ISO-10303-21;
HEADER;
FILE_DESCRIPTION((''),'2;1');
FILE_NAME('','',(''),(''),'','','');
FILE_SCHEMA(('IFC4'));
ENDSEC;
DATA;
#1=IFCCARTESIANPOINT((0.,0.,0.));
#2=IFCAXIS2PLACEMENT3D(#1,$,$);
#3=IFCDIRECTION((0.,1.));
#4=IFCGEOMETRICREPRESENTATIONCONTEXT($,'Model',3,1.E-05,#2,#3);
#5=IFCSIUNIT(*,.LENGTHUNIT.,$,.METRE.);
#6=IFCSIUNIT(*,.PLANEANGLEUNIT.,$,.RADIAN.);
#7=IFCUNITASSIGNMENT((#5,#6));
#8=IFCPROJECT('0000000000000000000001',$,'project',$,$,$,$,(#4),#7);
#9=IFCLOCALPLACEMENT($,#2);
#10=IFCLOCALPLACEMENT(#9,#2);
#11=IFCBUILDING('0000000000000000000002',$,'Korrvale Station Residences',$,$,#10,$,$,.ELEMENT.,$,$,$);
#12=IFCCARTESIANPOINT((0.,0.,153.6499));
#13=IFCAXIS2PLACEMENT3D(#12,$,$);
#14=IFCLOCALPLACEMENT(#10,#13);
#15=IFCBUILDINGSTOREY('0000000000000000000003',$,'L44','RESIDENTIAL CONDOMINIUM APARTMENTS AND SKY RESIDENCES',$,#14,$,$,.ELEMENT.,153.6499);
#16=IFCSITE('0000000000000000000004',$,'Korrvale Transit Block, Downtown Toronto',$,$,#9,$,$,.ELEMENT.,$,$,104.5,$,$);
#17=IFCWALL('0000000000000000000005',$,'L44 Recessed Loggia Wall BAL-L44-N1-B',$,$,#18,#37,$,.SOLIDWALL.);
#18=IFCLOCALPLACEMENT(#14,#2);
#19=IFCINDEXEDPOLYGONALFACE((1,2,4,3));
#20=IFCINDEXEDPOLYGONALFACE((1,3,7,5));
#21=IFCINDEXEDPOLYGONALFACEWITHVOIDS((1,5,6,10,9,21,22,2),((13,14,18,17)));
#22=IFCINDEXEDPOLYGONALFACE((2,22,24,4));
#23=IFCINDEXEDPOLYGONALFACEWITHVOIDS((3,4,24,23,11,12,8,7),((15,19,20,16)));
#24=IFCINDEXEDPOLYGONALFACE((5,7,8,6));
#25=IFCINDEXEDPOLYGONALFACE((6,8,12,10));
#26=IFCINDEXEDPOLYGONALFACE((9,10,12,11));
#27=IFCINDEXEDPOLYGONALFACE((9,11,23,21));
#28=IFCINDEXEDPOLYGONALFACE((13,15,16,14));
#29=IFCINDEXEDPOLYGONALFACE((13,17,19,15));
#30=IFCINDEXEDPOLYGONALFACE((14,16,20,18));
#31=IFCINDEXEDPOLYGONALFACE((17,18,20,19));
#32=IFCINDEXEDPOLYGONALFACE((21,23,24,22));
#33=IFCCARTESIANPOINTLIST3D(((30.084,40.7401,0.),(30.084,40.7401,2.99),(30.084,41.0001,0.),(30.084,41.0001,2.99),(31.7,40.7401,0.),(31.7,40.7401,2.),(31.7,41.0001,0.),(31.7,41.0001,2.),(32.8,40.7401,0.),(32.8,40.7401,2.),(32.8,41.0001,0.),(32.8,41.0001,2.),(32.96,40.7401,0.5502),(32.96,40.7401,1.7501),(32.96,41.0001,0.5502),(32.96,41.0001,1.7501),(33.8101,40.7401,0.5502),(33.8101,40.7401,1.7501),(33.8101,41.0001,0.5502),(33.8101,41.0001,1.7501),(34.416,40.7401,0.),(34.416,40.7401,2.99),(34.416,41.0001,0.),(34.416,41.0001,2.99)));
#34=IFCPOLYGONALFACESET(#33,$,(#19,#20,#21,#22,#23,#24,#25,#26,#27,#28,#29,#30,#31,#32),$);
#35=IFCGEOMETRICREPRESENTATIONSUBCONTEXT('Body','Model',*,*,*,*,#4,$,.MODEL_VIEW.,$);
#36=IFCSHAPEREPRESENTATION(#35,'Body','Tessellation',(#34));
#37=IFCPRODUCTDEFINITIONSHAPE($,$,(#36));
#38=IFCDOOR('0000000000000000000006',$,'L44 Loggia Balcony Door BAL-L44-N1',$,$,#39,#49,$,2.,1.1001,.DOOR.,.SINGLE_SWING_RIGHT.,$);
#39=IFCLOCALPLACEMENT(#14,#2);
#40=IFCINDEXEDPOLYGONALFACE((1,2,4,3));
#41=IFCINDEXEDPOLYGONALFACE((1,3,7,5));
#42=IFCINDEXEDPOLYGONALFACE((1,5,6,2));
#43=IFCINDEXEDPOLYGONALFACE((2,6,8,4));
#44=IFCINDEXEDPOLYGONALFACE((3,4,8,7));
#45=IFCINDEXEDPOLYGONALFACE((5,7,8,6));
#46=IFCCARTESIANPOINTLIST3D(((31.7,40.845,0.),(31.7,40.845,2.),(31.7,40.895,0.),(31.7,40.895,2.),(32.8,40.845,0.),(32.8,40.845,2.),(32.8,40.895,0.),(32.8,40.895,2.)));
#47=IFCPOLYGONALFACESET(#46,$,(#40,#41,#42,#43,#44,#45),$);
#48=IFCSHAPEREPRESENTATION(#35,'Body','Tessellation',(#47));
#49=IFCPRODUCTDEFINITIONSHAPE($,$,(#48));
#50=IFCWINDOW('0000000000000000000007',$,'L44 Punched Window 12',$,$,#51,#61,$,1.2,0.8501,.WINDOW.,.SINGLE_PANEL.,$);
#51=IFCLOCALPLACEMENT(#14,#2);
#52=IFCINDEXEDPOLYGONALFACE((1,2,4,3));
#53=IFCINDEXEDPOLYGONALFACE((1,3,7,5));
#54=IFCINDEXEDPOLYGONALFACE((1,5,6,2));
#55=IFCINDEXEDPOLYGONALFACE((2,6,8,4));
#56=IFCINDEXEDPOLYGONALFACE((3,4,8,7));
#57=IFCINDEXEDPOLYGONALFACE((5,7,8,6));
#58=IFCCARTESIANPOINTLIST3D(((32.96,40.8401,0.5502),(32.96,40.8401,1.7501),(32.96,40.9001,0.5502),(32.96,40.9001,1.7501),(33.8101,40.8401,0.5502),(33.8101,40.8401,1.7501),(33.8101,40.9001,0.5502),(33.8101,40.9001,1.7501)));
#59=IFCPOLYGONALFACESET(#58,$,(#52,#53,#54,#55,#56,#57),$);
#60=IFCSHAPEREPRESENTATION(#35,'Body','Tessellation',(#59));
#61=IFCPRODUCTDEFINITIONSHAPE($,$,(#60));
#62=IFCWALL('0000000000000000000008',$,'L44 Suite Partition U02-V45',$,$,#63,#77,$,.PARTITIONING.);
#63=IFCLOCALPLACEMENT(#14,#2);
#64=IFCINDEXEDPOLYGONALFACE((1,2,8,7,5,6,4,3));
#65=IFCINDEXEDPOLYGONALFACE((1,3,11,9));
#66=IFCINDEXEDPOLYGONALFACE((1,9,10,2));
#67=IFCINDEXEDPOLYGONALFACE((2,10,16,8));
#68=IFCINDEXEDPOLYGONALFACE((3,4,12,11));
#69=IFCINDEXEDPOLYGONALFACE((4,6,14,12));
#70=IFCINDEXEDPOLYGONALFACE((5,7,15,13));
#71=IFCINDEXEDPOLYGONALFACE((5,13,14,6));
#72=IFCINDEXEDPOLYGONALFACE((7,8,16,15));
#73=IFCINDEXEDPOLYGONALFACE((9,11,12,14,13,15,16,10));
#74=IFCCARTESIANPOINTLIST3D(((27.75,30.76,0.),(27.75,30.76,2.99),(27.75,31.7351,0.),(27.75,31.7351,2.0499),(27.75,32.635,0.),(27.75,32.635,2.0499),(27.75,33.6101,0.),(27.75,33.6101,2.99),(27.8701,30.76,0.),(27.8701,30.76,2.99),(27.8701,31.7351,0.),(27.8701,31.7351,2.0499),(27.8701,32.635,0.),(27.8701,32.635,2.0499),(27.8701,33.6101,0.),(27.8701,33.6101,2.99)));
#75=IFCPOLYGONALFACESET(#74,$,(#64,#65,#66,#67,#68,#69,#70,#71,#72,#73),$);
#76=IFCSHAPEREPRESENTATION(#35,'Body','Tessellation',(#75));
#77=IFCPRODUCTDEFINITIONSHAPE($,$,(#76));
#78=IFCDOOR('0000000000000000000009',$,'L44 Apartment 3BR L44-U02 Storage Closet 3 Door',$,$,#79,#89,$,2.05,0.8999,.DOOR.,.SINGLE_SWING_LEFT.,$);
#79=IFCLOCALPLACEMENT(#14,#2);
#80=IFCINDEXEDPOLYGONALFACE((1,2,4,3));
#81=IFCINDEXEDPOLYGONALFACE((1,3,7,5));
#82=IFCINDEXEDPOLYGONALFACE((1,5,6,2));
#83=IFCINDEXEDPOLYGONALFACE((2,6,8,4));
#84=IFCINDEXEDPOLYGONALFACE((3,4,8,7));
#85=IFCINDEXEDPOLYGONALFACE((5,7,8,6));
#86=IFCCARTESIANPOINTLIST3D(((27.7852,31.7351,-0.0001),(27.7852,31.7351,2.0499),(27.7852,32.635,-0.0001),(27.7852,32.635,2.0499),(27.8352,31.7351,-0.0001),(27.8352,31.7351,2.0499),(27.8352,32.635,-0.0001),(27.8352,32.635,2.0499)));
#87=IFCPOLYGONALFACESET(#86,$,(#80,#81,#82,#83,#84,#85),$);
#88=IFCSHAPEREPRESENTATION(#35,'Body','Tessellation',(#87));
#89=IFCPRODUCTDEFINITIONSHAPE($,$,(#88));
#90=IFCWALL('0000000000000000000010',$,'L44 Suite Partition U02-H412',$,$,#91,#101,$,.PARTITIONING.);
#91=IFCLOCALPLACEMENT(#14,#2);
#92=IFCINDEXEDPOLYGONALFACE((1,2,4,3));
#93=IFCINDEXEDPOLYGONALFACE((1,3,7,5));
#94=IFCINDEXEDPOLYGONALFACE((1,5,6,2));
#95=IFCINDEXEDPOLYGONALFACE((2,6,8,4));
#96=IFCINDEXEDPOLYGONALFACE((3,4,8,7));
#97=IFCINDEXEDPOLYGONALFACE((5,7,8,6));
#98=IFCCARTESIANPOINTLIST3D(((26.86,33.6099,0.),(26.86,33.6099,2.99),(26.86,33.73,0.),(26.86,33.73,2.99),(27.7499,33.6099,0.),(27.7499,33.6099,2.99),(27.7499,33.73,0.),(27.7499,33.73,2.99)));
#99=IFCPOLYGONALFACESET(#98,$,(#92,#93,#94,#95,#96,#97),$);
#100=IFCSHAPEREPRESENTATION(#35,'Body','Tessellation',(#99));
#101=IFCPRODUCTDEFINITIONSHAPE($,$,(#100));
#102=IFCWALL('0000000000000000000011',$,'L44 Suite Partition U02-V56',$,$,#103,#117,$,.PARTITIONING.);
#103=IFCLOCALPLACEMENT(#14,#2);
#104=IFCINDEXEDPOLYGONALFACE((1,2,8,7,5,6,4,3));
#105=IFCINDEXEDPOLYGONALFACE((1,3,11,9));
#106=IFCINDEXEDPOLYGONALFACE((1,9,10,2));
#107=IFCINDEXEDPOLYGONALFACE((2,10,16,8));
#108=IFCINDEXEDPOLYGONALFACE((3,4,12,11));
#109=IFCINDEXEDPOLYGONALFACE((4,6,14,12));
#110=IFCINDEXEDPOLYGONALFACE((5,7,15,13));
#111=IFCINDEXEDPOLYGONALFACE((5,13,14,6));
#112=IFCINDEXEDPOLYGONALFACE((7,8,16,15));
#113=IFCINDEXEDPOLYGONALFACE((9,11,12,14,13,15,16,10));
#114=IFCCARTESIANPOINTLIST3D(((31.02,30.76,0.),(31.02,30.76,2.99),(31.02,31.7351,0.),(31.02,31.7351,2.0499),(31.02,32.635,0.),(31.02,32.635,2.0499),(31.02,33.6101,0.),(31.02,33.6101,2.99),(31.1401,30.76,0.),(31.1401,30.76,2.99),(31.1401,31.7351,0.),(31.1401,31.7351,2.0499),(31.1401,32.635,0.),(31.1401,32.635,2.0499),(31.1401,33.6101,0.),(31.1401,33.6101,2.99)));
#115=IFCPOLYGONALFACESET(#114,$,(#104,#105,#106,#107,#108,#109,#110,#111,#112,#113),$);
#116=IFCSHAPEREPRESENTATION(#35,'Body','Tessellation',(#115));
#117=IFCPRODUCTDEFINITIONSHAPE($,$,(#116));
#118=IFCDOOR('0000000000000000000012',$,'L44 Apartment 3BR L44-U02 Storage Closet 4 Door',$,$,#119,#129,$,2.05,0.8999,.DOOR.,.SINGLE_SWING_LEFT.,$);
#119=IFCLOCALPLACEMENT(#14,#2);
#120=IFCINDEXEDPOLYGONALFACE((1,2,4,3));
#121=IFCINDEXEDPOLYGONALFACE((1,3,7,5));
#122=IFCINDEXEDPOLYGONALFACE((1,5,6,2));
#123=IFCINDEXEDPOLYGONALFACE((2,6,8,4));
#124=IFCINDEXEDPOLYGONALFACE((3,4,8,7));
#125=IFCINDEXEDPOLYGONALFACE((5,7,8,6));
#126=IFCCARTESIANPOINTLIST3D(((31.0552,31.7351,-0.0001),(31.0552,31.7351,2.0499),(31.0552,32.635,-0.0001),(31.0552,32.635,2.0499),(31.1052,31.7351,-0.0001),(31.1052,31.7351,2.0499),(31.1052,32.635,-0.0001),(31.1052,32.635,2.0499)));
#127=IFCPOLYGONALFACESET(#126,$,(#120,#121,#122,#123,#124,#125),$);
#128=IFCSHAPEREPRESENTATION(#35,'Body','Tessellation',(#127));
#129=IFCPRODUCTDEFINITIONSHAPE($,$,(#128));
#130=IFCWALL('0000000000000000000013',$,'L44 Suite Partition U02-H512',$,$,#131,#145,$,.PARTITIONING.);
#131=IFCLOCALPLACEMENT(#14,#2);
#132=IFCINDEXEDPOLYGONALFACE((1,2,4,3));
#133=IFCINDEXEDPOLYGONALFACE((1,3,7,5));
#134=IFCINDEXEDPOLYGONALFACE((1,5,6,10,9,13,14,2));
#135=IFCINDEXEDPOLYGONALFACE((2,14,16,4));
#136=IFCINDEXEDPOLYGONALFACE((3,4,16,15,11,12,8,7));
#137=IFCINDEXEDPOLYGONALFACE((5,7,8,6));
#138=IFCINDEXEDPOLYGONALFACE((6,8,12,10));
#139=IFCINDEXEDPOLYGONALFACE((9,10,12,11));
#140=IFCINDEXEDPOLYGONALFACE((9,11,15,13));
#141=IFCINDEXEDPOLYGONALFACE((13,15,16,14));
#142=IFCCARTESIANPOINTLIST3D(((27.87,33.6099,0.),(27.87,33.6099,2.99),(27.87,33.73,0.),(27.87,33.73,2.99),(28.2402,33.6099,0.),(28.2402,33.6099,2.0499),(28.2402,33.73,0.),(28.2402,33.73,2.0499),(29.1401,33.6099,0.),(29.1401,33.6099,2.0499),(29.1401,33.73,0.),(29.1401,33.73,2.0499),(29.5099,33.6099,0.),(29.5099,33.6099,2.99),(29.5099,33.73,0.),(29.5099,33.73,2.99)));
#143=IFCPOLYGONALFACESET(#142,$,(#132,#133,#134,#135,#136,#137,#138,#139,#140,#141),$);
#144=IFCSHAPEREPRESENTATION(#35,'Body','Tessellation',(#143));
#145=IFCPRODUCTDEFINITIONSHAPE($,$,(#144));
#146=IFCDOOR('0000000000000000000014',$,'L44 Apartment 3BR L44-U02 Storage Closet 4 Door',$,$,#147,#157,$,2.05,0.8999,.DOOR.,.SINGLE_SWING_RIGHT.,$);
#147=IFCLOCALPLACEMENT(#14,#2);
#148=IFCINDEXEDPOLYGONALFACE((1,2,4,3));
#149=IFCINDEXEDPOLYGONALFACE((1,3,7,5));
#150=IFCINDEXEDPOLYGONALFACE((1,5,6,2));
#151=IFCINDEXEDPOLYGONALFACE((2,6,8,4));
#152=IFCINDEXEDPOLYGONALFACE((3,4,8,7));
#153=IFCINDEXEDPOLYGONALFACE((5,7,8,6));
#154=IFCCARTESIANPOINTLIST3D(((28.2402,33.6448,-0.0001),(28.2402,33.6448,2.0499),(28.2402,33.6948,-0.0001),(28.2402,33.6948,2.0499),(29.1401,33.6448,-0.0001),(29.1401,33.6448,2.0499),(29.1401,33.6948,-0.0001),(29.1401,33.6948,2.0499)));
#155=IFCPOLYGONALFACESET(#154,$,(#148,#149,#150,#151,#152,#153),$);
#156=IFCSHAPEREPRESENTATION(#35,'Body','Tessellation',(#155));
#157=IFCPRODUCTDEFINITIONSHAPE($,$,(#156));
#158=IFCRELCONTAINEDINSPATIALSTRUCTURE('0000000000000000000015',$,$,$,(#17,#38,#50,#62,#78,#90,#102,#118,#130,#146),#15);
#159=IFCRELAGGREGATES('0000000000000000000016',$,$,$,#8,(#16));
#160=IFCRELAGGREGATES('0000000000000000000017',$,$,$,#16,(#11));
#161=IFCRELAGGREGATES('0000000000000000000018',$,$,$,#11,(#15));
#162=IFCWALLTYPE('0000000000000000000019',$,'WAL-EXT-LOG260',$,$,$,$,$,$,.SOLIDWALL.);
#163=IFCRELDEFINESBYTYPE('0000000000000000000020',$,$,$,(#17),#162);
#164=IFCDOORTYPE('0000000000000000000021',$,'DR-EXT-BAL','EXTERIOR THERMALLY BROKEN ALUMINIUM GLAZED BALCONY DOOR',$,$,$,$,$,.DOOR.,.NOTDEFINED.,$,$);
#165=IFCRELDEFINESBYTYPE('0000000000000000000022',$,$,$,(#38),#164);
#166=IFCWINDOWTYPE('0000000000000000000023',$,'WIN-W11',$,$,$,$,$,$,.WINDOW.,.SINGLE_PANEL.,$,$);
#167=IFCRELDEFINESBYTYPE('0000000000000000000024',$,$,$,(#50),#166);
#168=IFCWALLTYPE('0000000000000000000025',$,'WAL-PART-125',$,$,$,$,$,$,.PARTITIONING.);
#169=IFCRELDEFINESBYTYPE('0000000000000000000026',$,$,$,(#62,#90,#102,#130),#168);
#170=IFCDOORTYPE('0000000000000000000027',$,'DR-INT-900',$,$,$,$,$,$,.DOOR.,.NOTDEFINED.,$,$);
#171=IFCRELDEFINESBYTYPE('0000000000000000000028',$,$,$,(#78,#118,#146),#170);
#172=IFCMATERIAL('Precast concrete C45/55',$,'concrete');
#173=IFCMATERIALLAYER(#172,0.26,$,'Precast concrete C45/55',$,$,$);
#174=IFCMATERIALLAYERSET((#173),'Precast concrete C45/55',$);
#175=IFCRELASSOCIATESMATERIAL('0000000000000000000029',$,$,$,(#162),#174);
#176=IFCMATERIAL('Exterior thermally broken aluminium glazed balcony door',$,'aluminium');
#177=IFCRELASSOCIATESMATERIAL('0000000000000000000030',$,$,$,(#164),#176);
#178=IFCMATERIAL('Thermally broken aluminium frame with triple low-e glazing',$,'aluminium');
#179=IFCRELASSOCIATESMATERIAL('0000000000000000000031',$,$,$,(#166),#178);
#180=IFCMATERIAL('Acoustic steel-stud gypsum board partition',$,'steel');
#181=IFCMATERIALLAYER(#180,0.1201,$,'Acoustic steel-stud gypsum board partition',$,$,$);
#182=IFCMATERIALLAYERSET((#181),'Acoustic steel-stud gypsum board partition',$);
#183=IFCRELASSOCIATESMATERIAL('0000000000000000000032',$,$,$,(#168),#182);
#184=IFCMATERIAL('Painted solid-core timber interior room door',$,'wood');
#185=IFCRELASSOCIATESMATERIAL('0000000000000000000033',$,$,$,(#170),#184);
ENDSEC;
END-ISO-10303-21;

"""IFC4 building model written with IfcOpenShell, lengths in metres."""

from ifc_helpers import new_model, si_unit, direction, frame, frame_2d, origin, place, context, subcontext, project, spatial, rectangle, extrude, material, layer, layer_set, type_object, element, fill, save


model = new_model("IFC4")

# Units and contexts
model_context = context("Model", 3, precision=1e-05, world=origin(), true_north=direction((0.0, 1.0)))
body_context = subcontext(model_context, "Body", "Model", "MODEL_VIEW")
ifc_project = project(units=[si_unit("LENGTHUNIT", "METRE"), si_unit("PLANEANGLEUNIT", "RADIAN")], contexts=[model_context])

# Site, building, storey
site_placement = place(None, origin())
site = spatial("IfcSite", under=ifc_project, at=site_placement, Name="Korrvale Transit Block, Downtown Toronto", CompositionType="ELEMENT", RefElevation=104.5)
building_placement = place(site_placement, origin())
building = spatial("IfcBuilding", under=site, at=building_placement, Name="Korrvale Station Residences", CompositionType="ELEMENT")
storey_placement = place(building_placement, frame((0.0, 0.0, 153.6499)))
storey = spatial("IfcBuildingStorey", under=building, at=storey_placement, Name="L44", Description="RESIDENTIAL CONDOMINIUM APARTMENTS AND SKY RESIDENCES", CompositionType="ELEMENT", Elevation=153.6499)

# Shared definitions
ifc_material_1 = material(Name="Precast concrete C45/55", Category="concrete")
ifc_layer_1 = layer(ifc_material_1, 0.26, Name="Precast concrete C45/55")
ifc_layer_set_1 = layer_set([ifc_layer_1], Name="Precast concrete C45/55")
wall_type_1 = type_object("IfcWallType", Name="WAL-EXT-LOG260", PredefinedType="SOLIDWALL", material=ifc_layer_set_1)

# Wall, openings, door, window
wall_1_placement = place(storey_placement, frame((30.084, 40.8701, 0.0), z_axis=(0.0, 0.0, 1.0), x_axis=(1.0, 0.0, 0.0)))
wall_1 = element("IfcWall", 1, at=wall_1_placement, inside=storey, type_object=wall_type_1, Name="L44 Recessed Loggia Wall BAL-L44-N1-B", PredefinedType="SOLIDWALL", context=body_context, shape_type="SweptSolid", body=[
    extrude(rectangle(XDim=4.332, YDim=0.26, at=frame_2d((2.166, 0.0))), origin(), (0.0, 0.0, 1.0), 2.99),
])
opening_1_placement = place(wall_1_placement, frame((1.616, 0.0, 0.0)))
opening_1 = element("IfcOpeningElement", 2, at=opening_1_placement, cuts=wall_1, PredefinedType="OPENING", context=body_context, shape_type="SweptSolid", body=[
    extrude(rectangle(XDim=1.1001, YDim=2.0, at=frame_2d((0.55, 1.0))), frame((0.0, 0.1401, 0.0), z_axis=(0.0, -1.0, 0.0), x_axis=(1.0, 0.0, 0.0)), (0.0, 0.0, 1.0), 0.28),
])
opening_2_placement = place(wall_1_placement, frame((2.876, 0.0, 0.55)))
opening_2 = element("IfcOpeningElement", 3, at=opening_2_placement, cuts=wall_1, PredefinedType="OPENING", context=body_context, shape_type="SweptSolid", body=[
    extrude(rectangle(XDim=0.8501, YDim=1.2, at=frame_2d((0.425, 0.6001))), frame((0.0, 0.1401, 0.0), z_axis=(0.0, -1.0, 0.0), x_axis=(1.0, 0.0, 0.0)), (0.0, 0.0, 1.0), 0.28),
])
ifc_material_2 = material(Name="Exterior thermally broken aluminium glazed balcony door", Category="aluminium")
door_type_1 = type_object("IfcDoorType", Name="DR-EXT-BAL", Description="EXTERIOR THERMALLY BROKEN ALUMINIUM GLAZED BALCONY DOOR", OperationType="NOTDEFINED", PredefinedType="DOOR", material=ifc_material_2)
door_1_placement = place(opening_1_placement, origin())
door_1 = element("IfcDoor", 4, at=door_1_placement, inside=storey, type_object=door_type_1, Name="L44 Loggia Balcony Door BAL-L44-N1", OperationType="SINGLE_SWING_RIGHT", OverallHeight=2.0, OverallWidth=1.1001, PredefinedType="DOOR", context=body_context, shape_type="SweptSolid", body=[
    extrude(rectangle(XDim=1.1001, YDim=2.0, at=frame_2d((0.55, 1.0))), frame((0.0, 0.0249, 0.0), z_axis=(0.0, -1.0, 0.0), x_axis=(1.0, 0.0, 0.0)), (0.0, 0.0, 1.0), 0.05),
])
fill(opening_1, door_1)
ifc_material_3 = material(Name="Thermally broken aluminium frame with triple low-e glazing", Category="aluminium")
window_type = type_object("IfcWindowType", Name="WIN-W11", PartitioningType="SINGLE_PANEL", PredefinedType="WINDOW", material=ifc_material_3)
window_placement = place(opening_2_placement, origin())
window = element("IfcWindow", 5, at=window_placement, inside=storey, type_object=window_type, Name="L44 Punched Window 12", OverallHeight=1.2, OverallWidth=0.8501, PartitioningType="SINGLE_PANEL", PredefinedType="WINDOW", context=body_context, shape_type="SweptSolid", body=[
    extrude(rectangle(XDim=0.8501, YDim=1.2, at=frame_2d((0.425, 0.6001))), frame((0.0, 0.03, 0.0), z_axis=(0.0, -1.0, 0.0), x_axis=(1.0, 0.0, 0.0)), (0.0, 0.0, 1.0), 0.0601),
])
fill(opening_2, window)

# Wall, opening, door
ifc_material_4 = material(Name="Acoustic steel-stud gypsum board partition", Category="steel")
ifc_layer_2 = layer(ifc_material_4, 0.1201, Name="Acoustic steel-stud gypsum board partition")
ifc_layer_set_2 = layer_set([ifc_layer_2], Name="Acoustic steel-stud gypsum board partition")
wall_type_2 = type_object("IfcWallType", Name="WAL-PART-125", PredefinedType="PARTITIONING", material=ifc_layer_set_2)
wall_2_placement = place(storey_placement, frame((27.8101, 30.76, 0.0), z_axis=(0.0, 0.0, 1.0), x_axis=(0.0, 1.0, 0.0)))
wall_2 = element("IfcWall", 6, at=wall_2_placement, inside=storey, type_object=wall_type_2, Name="L44 Suite Partition U02-V45", PredefinedType="PARTITIONING", context=body_context, shape_type="SweptSolid", body=[
    extrude(rectangle(XDim=2.8501, YDim=0.1201, at=frame_2d((1.425, 0.0))), origin(), (0.0, 0.0, 1.0), 2.99),
])
opening_3_placement = place(wall_2_placement, frame((0.9751, 0.0, 0.0)))
opening_3 = element("IfcOpeningElement", 7, at=opening_3_placement, cuts=wall_2, PredefinedType="OPENING", context=body_context, shape_type="SweptSolid", body=[
    extrude(rectangle(XDim=0.8999, YDim=2.05, at=frame_2d((0.45, 1.0249))), frame((0.0, 0.0701, 0.0), z_axis=(0.0, -1.0, 0.0), x_axis=(1.0, 0.0, 0.0)), (0.0, 0.0, 1.0), 0.1401),
])
ifc_material_5 = material(Name="Painted solid-core timber interior room door", Category="wood")
door_type_2 = type_object("IfcDoorType", Name="DR-INT-900", OperationType="NOTDEFINED", PredefinedType="DOOR", material=ifc_material_5)
door_2_placement = place(opening_3_placement, origin())
door_2 = element("IfcDoor", 8, at=door_2_placement, inside=storey, type_object=door_type_2, Name="L44 Apartment 3BR L44-U02 Storage Closet 3 Door", OperationType="SINGLE_SWING_LEFT", OverallHeight=2.05, OverallWidth=0.8999, PredefinedType="DOOR", context=body_context, shape_type="SweptSolid", body=[
    extrude(rectangle(XDim=0.8999, YDim=2.05, at=frame_2d((0.45, 1.0249))), frame((0.0, 0.0249, 0.0), z_axis=(0.0, -1.0, 0.0), x_axis=(1.0, 0.0, 0.0)), (0.0, 0.0, 1.0), 0.05),
])
fill(opening_3, door_2)

# Wall
wall_3_placement = place(storey_placement, frame((26.8601, 33.6699, 0.0), z_axis=(0.0, 0.0, 1.0), x_axis=(1.0, 0.0, 0.0)))
element("IfcWall", 9, at=wall_3_placement, inside=storey, type_object=wall_type_2, Name="L44 Suite Partition U02-H412", PredefinedType="PARTITIONING", context=body_context, shape_type="SweptSolid", body=[
    extrude(rectangle(XDim=0.8899, YDim=0.1201, at=frame_2d((0.4448, 0.0))), origin(), (0.0, 0.0, 1.0), 2.99),
])

# Walls, openings, doors
wall_4_placement = place(storey_placement, frame((31.0801, 30.76, 0.0), z_axis=(0.0, 0.0, 1.0), x_axis=(0.0, 1.0, 0.0)))
wall_4 = element("IfcWall", 10, at=wall_4_placement, inside=storey, type_object=wall_type_2, Name="L44 Suite Partition U02-V56", PredefinedType="PARTITIONING", context=body_context, shape_type="SweptSolid", body=[
    extrude(rectangle(XDim=2.8501, YDim=0.1201, at=frame_2d((1.425, 0.0))), origin(), (0.0, 0.0, 1.0), 2.99),
])
opening_4_placement = place(wall_4_placement, frame((0.9751, 0.0, 0.0)))
opening_4 = element("IfcOpeningElement", 11, at=opening_4_placement, cuts=wall_4, PredefinedType="OPENING", context=body_context, shape_type="SweptSolid", body=[
    extrude(rectangle(XDim=0.8999, YDim=2.05, at=frame_2d((0.45, 1.0249))), frame((0.0, 0.0701, 0.0), z_axis=(0.0, -1.0, 0.0), x_axis=(1.0, 0.0, 0.0)), (0.0, 0.0, 1.0), 0.1401),
])
door_3_placement = place(opening_4_placement, origin())
door_3 = element("IfcDoor", 12, at=door_3_placement, inside=storey, type_object=door_type_2, Name="L44 Apartment 3BR L44-U02 Storage Closet 4 Door", OperationType="SINGLE_SWING_LEFT", OverallHeight=2.05, OverallWidth=0.8999, PredefinedType="DOOR", context=body_context, shape_type="SweptSolid", body=[
    extrude(rectangle(XDim=0.8999, YDim=2.05, at=frame_2d((0.45, 1.0249))), frame((0.0, 0.0249, 0.0), z_axis=(0.0, -1.0, 0.0), x_axis=(1.0, 0.0, 0.0)), (0.0, 0.0, 1.0), 0.05),
])
fill(opening_4, door_3)
wall_5_placement = place(storey_placement, frame((27.8701, 33.6699, 0.0), z_axis=(0.0, 0.0, 1.0), x_axis=(1.0, 0.0, 0.0)))
wall_5 = element("IfcWall", 13, at=wall_5_placement, inside=storey, type_object=wall_type_2, Name="L44 Suite Partition U02-H512", PredefinedType="PARTITIONING", context=body_context, shape_type="SweptSolid", body=[
    extrude(rectangle(XDim=1.6399, YDim=0.1201, at=frame_2d((0.8198, 0.0))), origin(), (0.0, 0.0, 1.0), 2.99),
])
opening_5_placement = place(wall_5_placement, frame((0.3701, 0.0, 0.0)))
opening_5 = element("IfcOpeningElement", 14, at=opening_5_placement, cuts=wall_5, PredefinedType="OPENING", context=body_context, shape_type="SweptSolid", body=[
    extrude(rectangle(XDim=0.8999, YDim=2.05, at=frame_2d((0.45, 1.0249))), frame((0.0, 0.0701, 0.0), z_axis=(0.0, -1.0, 0.0), x_axis=(1.0, 0.0, 0.0)), (0.0, 0.0, 1.0), 0.1401),
])
door_4_placement = place(opening_5_placement, origin())
door_4 = element("IfcDoor", 15, at=door_4_placement, inside=storey, type_object=door_type_2, Name="L44 Apartment 3BR L44-U02 Storage Closet 4 Door", OperationType="SINGLE_SWING_RIGHT", OverallHeight=2.05, OverallWidth=0.8999, PredefinedType="DOOR", context=body_context, shape_type="SweptSolid", body=[
    extrude(rectangle(XDim=0.8999, YDim=2.05, at=frame_2d((0.45, 1.0249))), frame((0.0, 0.0249, 0.0), z_axis=(0.0, -1.0, 0.0), x_axis=(1.0, 0.0, 0.0)), (0.0, 0.0, 1.0), 0.05),
])
fill(opening_5, door_4)

save(model, "model.ifc")
